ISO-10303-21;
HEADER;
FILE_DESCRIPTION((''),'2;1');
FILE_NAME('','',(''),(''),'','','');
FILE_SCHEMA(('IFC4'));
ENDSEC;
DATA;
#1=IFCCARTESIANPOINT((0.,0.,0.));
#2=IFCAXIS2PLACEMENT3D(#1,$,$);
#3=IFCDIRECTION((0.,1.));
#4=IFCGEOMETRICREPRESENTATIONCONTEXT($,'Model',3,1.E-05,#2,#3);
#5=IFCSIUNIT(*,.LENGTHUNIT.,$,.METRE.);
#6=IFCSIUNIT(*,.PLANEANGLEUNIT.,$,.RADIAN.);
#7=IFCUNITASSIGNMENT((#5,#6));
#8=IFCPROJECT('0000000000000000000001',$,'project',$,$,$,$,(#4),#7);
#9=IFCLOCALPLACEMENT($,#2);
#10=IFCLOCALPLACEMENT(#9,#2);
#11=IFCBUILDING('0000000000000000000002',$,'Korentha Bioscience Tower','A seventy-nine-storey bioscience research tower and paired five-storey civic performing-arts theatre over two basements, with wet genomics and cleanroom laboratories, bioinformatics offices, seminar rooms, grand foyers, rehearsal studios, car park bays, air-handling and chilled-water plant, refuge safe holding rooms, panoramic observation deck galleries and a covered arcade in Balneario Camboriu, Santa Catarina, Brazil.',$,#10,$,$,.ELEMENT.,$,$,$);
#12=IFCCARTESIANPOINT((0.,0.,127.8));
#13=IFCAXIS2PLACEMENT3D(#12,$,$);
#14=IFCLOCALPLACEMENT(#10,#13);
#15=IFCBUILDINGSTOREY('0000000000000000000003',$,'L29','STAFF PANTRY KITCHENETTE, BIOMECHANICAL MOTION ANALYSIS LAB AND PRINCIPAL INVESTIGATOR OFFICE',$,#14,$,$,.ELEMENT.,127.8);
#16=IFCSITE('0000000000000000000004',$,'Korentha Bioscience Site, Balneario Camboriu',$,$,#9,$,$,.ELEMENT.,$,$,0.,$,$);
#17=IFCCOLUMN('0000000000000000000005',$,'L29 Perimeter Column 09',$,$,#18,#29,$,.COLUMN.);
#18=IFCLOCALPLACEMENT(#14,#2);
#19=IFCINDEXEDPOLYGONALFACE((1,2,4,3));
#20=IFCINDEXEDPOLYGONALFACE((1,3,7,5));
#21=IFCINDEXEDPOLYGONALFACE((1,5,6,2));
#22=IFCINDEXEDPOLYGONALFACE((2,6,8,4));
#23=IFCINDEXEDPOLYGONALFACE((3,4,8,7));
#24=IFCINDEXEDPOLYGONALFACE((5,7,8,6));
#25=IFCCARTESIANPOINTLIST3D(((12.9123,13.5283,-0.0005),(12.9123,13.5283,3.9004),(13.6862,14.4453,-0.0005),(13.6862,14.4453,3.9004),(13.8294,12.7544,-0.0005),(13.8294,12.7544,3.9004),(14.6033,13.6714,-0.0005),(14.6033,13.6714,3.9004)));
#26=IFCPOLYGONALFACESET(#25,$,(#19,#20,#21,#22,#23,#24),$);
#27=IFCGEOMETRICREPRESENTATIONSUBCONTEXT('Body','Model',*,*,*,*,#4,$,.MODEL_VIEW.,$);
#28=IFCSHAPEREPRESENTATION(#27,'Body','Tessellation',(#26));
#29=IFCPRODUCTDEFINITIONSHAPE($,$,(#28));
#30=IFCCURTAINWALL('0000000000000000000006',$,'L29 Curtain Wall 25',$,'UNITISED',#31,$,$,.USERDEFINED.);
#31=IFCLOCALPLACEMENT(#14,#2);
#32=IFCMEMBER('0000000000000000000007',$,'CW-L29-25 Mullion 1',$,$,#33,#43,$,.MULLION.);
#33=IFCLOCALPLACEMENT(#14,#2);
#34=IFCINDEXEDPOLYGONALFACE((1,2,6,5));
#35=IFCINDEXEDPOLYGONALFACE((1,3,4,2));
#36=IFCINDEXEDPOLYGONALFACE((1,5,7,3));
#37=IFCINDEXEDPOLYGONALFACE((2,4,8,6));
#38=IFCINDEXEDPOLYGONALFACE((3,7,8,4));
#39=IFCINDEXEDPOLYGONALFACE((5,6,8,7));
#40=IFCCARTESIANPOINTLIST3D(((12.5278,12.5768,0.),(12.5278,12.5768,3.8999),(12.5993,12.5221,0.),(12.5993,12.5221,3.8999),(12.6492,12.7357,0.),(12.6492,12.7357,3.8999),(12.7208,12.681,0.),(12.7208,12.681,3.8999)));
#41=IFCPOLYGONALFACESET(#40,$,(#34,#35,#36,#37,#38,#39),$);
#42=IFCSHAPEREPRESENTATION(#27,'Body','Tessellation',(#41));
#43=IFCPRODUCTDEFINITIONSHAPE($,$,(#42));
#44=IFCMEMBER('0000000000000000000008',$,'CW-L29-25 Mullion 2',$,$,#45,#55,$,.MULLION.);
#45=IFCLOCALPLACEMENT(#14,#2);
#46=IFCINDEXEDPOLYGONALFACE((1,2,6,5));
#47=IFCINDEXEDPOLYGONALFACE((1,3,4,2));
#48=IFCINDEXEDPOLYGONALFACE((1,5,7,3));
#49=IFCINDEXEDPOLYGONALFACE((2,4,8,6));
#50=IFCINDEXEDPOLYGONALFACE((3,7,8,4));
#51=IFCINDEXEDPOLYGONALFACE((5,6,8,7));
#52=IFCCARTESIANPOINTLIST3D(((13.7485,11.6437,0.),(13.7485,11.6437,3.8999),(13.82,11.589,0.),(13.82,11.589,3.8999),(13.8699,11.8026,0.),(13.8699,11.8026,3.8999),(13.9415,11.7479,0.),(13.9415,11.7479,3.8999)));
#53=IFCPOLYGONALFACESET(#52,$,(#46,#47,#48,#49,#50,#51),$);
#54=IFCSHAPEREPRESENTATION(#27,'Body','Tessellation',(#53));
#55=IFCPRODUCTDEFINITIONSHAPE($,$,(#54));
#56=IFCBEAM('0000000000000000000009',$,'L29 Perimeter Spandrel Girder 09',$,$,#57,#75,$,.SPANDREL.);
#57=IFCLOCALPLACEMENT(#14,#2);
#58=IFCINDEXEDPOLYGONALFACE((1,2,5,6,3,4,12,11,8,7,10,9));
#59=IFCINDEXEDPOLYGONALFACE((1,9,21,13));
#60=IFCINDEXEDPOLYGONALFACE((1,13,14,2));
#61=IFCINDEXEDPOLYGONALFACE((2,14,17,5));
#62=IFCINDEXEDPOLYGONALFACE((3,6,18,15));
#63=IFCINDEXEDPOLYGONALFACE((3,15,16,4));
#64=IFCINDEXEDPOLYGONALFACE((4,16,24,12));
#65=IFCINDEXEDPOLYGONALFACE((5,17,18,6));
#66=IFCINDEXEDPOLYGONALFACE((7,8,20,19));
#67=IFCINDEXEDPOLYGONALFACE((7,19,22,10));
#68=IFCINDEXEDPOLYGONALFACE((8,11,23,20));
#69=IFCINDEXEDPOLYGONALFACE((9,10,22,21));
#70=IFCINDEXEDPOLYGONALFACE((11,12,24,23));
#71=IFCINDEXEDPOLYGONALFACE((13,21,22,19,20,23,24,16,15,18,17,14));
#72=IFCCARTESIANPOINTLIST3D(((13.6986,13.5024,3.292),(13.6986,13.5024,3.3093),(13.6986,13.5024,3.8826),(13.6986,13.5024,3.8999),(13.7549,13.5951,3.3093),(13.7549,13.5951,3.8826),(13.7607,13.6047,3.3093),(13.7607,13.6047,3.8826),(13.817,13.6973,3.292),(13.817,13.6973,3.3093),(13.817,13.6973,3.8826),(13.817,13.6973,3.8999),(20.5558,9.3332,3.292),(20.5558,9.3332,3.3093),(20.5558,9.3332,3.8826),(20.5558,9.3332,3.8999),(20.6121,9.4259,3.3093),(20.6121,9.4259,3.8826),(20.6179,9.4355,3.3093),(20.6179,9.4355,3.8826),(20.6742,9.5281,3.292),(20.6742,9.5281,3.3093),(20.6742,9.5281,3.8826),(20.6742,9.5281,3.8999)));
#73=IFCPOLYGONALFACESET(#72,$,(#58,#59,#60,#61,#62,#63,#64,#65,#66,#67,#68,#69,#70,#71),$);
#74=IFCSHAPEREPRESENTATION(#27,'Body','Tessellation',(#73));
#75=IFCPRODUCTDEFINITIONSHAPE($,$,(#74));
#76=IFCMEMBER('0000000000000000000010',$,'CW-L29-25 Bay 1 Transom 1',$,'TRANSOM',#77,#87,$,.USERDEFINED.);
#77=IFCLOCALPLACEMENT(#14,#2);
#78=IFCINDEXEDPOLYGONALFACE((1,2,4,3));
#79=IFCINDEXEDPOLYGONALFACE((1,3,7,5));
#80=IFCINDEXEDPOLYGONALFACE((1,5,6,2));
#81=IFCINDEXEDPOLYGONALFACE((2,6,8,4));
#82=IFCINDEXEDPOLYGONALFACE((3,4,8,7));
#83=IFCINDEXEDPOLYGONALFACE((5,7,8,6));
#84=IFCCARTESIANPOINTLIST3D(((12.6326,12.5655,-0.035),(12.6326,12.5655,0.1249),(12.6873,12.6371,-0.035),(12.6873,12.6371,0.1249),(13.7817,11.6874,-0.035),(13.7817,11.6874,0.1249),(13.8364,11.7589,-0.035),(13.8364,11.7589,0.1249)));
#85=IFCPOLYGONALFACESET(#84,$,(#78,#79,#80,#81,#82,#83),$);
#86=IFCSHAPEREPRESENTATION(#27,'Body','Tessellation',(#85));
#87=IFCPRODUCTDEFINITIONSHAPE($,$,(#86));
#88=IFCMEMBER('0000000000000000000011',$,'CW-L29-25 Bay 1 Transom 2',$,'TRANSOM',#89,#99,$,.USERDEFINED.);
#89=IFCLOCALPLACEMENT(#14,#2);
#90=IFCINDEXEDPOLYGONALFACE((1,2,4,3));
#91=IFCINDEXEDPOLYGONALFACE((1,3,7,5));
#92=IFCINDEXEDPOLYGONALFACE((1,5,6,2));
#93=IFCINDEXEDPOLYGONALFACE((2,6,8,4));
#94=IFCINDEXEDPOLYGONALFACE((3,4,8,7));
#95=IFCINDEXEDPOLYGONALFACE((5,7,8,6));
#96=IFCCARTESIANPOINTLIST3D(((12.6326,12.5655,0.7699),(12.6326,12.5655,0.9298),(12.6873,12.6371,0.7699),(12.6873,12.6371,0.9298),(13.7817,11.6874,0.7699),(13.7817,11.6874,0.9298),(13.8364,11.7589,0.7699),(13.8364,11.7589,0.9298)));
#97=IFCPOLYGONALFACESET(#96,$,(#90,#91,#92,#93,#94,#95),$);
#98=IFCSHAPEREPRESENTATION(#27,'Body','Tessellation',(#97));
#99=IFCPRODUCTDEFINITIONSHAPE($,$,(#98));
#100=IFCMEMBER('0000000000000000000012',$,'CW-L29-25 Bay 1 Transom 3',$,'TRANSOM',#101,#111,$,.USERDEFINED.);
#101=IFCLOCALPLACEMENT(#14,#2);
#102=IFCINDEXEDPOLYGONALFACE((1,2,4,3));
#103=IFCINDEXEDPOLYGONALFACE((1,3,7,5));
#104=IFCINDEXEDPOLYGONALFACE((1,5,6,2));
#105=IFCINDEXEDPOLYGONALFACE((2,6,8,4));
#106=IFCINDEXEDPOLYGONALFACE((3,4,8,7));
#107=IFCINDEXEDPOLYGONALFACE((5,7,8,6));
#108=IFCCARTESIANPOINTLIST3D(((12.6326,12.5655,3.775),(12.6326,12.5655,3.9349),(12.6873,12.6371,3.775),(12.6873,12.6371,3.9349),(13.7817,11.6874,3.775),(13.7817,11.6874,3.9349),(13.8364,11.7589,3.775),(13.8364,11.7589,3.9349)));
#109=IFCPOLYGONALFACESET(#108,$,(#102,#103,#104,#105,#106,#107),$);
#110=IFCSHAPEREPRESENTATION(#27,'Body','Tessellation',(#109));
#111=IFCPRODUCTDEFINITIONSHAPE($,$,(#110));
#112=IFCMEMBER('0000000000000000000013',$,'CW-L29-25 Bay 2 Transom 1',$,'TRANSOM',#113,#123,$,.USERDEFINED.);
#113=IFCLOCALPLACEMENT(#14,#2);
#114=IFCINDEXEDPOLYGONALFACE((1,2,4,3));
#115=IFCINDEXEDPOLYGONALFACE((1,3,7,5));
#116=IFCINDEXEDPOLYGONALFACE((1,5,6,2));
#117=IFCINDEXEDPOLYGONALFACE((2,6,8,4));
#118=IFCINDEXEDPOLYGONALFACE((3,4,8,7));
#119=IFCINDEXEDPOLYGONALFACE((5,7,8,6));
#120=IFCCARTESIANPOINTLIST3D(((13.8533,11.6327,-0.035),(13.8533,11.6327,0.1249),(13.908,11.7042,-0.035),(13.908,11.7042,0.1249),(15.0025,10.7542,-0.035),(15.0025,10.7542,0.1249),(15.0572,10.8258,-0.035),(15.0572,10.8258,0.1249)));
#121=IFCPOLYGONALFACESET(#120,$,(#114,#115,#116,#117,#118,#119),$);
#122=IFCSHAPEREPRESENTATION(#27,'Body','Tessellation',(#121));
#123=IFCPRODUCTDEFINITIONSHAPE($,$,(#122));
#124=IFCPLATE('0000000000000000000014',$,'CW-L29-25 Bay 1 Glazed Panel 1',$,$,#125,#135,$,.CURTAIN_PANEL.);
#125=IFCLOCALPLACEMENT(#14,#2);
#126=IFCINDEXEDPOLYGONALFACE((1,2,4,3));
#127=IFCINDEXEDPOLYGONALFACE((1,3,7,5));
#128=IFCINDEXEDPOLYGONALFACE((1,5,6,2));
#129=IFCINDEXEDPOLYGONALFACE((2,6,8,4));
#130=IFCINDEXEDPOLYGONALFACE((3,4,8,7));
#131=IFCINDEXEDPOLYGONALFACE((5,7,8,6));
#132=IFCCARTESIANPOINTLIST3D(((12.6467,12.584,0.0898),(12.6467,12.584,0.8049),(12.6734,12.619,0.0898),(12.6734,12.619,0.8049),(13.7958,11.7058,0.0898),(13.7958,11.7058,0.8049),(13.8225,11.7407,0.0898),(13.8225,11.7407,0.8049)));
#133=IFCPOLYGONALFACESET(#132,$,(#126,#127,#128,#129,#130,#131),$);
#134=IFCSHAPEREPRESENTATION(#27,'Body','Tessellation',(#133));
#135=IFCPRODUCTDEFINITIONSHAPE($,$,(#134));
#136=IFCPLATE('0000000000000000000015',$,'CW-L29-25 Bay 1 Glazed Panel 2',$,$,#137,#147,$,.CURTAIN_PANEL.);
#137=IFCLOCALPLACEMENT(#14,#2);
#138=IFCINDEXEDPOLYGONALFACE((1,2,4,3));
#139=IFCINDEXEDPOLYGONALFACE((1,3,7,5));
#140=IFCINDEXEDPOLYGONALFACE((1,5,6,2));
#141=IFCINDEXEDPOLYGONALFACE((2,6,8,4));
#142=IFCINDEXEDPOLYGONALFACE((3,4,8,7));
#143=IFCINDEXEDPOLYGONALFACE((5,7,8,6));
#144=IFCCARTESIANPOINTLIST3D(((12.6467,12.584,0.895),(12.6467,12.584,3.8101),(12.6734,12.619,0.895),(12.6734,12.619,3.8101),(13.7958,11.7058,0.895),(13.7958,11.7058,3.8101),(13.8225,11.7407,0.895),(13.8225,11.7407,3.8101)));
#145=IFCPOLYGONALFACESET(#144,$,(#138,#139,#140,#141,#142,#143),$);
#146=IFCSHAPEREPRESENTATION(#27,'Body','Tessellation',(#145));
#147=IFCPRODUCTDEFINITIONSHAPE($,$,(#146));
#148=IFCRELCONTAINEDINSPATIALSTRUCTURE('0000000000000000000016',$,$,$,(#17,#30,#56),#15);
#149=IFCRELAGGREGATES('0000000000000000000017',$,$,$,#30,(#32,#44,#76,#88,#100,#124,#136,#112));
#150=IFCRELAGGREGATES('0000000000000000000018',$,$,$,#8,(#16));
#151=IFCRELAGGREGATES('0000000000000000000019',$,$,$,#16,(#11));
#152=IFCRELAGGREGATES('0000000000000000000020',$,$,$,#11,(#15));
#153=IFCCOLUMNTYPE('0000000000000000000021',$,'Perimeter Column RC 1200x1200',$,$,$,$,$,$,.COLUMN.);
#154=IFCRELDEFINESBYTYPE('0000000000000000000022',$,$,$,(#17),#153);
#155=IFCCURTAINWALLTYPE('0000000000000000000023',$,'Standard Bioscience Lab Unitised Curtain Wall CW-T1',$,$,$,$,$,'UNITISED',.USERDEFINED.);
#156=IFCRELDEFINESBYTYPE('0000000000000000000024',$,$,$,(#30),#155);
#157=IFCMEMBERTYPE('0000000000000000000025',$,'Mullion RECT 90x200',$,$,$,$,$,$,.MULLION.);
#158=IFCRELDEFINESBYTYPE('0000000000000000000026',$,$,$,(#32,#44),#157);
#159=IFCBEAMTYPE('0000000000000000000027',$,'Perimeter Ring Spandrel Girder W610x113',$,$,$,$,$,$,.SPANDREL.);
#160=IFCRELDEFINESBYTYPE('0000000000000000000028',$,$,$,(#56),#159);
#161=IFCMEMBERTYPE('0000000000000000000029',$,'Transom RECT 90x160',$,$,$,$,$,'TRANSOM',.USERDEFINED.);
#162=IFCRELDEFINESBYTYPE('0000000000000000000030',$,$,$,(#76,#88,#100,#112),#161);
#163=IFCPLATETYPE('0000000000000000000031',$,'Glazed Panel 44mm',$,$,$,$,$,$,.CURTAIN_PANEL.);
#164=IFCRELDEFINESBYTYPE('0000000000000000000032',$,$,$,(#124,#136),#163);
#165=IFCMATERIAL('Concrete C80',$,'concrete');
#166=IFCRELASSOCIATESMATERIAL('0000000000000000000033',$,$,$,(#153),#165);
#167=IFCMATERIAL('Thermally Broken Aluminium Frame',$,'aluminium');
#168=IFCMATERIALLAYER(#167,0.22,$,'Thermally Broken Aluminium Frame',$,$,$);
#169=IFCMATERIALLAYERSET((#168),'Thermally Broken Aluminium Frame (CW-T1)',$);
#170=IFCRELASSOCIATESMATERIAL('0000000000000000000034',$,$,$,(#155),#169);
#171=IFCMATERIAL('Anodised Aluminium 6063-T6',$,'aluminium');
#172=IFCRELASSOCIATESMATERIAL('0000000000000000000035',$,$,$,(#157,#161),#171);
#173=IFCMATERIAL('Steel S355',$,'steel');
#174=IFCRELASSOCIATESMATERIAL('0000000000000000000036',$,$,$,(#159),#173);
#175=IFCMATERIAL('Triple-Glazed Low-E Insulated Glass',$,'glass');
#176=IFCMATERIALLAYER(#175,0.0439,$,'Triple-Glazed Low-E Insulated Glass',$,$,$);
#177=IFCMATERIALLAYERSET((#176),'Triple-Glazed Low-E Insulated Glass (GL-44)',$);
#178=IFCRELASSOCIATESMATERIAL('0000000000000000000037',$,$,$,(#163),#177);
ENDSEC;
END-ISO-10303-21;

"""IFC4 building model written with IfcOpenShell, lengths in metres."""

from ifc_helpers import new_model, si_unit, direction, frame, origin, origin_2d, place, context, subcontext, project, spatial, rectangle, i_section, extrude, material, layer, layer_set, material_profile, profile_set, type_object, element, aggregate, save


model = new_model("IFC4")

# Units and contexts
model_context = context("Model", 3, precision=1e-05, world=origin(), true_north=direction((0.0, 1.0)))
body_context = subcontext(model_context, "Body", "Model", "MODEL_VIEW")
ifc_project = project(units=[si_unit("LENGTHUNIT", "METRE"), si_unit("PLANEANGLEUNIT", "RADIAN")], contexts=[model_context])

# Site, building, storey
site_placement = place(None, origin())
site = spatial("IfcSite", under=ifc_project, at=site_placement, Name="Korentha Bioscience Site, Balneario Camboriu", CompositionType="ELEMENT", RefElevation=0.0)
building_placement = place(site_placement, origin())
building = spatial("IfcBuilding", under=site, at=building_placement, Name="Korentha Bioscience Tower", Description="A seventy-nine-storey bioscience research tower and paired five-storey civic performing-arts theatre over two basements, with wet genomics and cleanroom laboratories, bioinformatics offices, seminar rooms, grand foyers, rehearsal studios, car park bays, air-handling and chilled-water plant, refuge safe holding rooms, panoramic observation deck galleries and a covered arcade in Balneario Camboriu, Santa Catarina, Brazil.", CompositionType="ELEMENT")
storey_placement = place(building_placement, frame((0.0, 0.0, 127.8)))
storey = spatial("IfcBuildingStorey", under=building, at=storey_placement, Name="L29", Description="STAFF PANTRY KITCHENETTE, BIOMECHANICAL MOTION ANALYSIS LAB AND PRINCIPAL INVESTIGATOR OFFICE", CompositionType="ELEMENT", Elevation=127.8)

# Column
ifc_material_1 = material(Name="Concrete C80", Category="concrete")
ifc_material_profile_1 = material_profile(ifc_material_1, rectangle(XDim=1.2, YDim=1.2, at=origin_2d()), Name="Concrete C80")
ifc_profile_set_1 = profile_set([ifc_material_profile_1], Name="Concrete C80 (COL-P12)")
column_type = type_object("IfcColumnType", Name="Perimeter Column RC 1200x1200", PredefinedType="COLUMN", material=ifc_profile_set_1)
column_placement = place(storey_placement, frame((13.7578, 13.5999, -0.0005), z_axis=(0.0, 0.0, 1.0), x_axis=(-0.764246, 0.644924, 0.0)))
element("IfcColumn", 1, at=column_placement, inside=storey, type_object=column_type, Name="L29 Perimeter Column 09", PredefinedType="COLUMN", context=body_context, shape_type="SweptSolid", body=[
    extrude(rectangle(XDim=1.2, YDim=1.2, at=origin_2d()), origin(), (0.0, 0.0, 1.0), 3.9009),
])

# Curtain wall, members
ifc_material_2 = material(Name="Thermally Broken Aluminium Frame", Category="aluminium")
ifc_layer_1 = layer(ifc_material_2, 0.22, Name="Thermally Broken Aluminium Frame")
ifc_layer_set_1 = layer_set([ifc_layer_1], Name="Thermally Broken Aluminium Frame (CW-T1)")
curtain_wall_type = type_object("IfcCurtainWallType", Name="Standard Bioscience Lab Unitised Curtain Wall CW-T1", ElementType="UNITISED", PredefinedType="USERDEFINED", material=ifc_layer_set_1)
curtain_wall_placement = place(storey_placement, origin())
curtain_wall = element("IfcCurtainWall", 2, at=curtain_wall_placement, inside=storey, type_object=curtain_wall_type, Name="L29 Curtain Wall 25", ObjectType="UNITISED", PredefinedType="USERDEFINED")
ifc_material_3 = material(Name="Anodised Aluminium 6063-T6", Category="aluminium")
ifc_material_profile_2 = material_profile(ifc_material_3, rectangle(XDim=0.0901, YDim=0.2, at=origin_2d()), Name="Anodised Aluminium 6063-T6")
ifc_profile_set_2 = profile_set([ifc_material_profile_2], Name="Anodised Aluminium 6063-T6 (CW-MUL)")
member_type_1 = type_object("IfcMemberType", Name="Mullion RECT 90x200", PredefinedType="MULLION", material=ifc_profile_set_2)
member_1_placement = place(storey_placement, frame((12.6243, 12.6289, 0.0), z_axis=(0.0, 0.0, 1.0), x_axis=(0.7945, -0.607265, 0.0)))
member_1 = element("IfcMember", 3, at=member_1_placement, type_object=member_type_1, Name="CW-L29-25 Mullion 1", PredefinedType="MULLION", context=body_context, shape_type="SweptSolid", body=[
    extrude(rectangle(XDim=0.0901, YDim=0.2, at=origin_2d()), origin(), (0.0, 0.0, 1.0), 3.8999),
])
member_2_placement = place(storey_placement, frame((13.845, 11.6958, 0.0), z_axis=(0.0, 0.0, 1.0), x_axis=(0.7945, -0.607265, 0.0)))
member_2 = element("IfcMember", 4, at=member_2_placement, type_object=member_type_1, Name="CW-L29-25 Mullion 2", PredefinedType="MULLION", context=body_context, shape_type="SweptSolid", body=[
    extrude(rectangle(XDim=0.0901, YDim=0.2, at=origin_2d()), origin(), (0.0, 0.0, 1.0), 3.8999),
])

# Beam
ifc_material_4 = material(Name="Steel S355", Category="steel")
ifc_material_profile_3 = material_profile(ifc_material_4, i_section(OverallWidth=0.228, OverallDepth=0.6079, WebThickness=0.0112, FlangeThickness=0.0173, at=origin_2d()), Name="Steel S355")
ifc_profile_set_3 = profile_set([ifc_material_profile_3], Name="Steel S355 (SB-610)")
beam_type = type_object("IfcBeamType", Name="Perimeter Ring Spandrel Girder W610x113", PredefinedType="SPANDREL", material=ifc_profile_set_3)
beam_placement = place(storey_placement, frame((13.7578, 13.5999, 3.5959), z_axis=(0.854461, -0.519515, 0.0), x_axis=(0.519515, 0.854461, 0.0)))
element("IfcBeam", 5, at=beam_placement, inside=storey, type_object=beam_type, Name="L29 Perimeter Spandrel Girder 09", PredefinedType="SPANDREL", context=body_context, shape_type="SweptSolid", body=[
    extrude(i_section(OverallWidth=0.228, OverallDepth=0.6079, WebThickness=0.0112, FlangeThickness=0.0173, at=origin_2d()), origin(), (0.0, 0.0, 1.0), 8.0251),
])

# Members
ifc_material_profile_4 = material_profile(ifc_material_3, rectangle(XDim=0.0901, YDim=0.1599, at=origin_2d()), Name="Anodised Aluminium 6063-T6")
ifc_profile_set_4 = profile_set([ifc_material_profile_4], Name="Anodised Aluminium 6063-T6 (CW-TRN)")
member_type_2 = type_object("IfcMemberType", Name="Transom RECT 90x160", ElementType="TRANSOM", PredefinedType="USERDEFINED", material=ifc_profile_set_4)
member_3_placement = place(storey_placement, frame((12.6599, 12.6013, 0.0449), z_axis=(0.794559, -0.607187, 0.0), x_axis=(0.607187, 0.794559, 0.0)))
member_3 = element("IfcMember", 6, at=member_3_placement, type_object=member_type_2, Name="CW-L29-25 Bay 1 Transom 1", ObjectType="TRANSOM", PredefinedType="USERDEFINED", context=body_context, shape_type="SweptSolid", body=[
    extrude(rectangle(XDim=0.0901, YDim=0.1599, at=origin_2d()), origin(), (0.0, 0.0, 1.0), 1.4463),
])
member_4_placement = place(storey_placement, frame((12.6599, 12.6013, 0.8499), z_axis=(0.794559, -0.607187, 0.0), x_axis=(0.607187, 0.794559, 0.0)))
member_4 = element("IfcMember", 7, at=member_4_placement, type_object=member_type_2, Name="CW-L29-25 Bay 1 Transom 2", ObjectType="TRANSOM", PredefinedType="USERDEFINED", context=body_context, shape_type="SweptSolid", body=[
    extrude(rectangle(XDim=0.0901, YDim=0.1599, at=origin_2d()), origin(), (0.0, 0.0, 1.0), 1.4463),
])
member_5_placement = place(storey_placement, frame((12.6599, 12.6013, 3.855), z_axis=(0.794559, -0.607187, 0.0), x_axis=(0.607187, 0.794559, 0.0)))
member_5 = element("IfcMember", 8, at=member_5_placement, type_object=member_type_2, Name="CW-L29-25 Bay 1 Transom 3", ObjectType="TRANSOM", PredefinedType="USERDEFINED", context=body_context, shape_type="SweptSolid", body=[
    extrude(rectangle(XDim=0.0901, YDim=0.1599, at=origin_2d()), origin(), (0.0, 0.0, 1.0), 1.4463),
])
member_6_placement = place(storey_placement, frame((13.8806, 11.6685, 0.0449), z_axis=(0.794478, -0.607293, 0.0), x_axis=(0.607293, 0.794478, 0.0)))
member_6 = element("IfcMember", 9, at=member_6_placement, type_object=member_type_2, Name="CW-L29-25 Bay 2 Transom 1", ObjectType="TRANSOM", PredefinedType="USERDEFINED", context=body_context, shape_type="SweptSolid", body=[
    extrude(rectangle(XDim=0.0901, YDim=0.1599, at=origin_2d()), origin(), (0.0, 0.0, 1.0), 1.4465),
])

# Plates
ifc_material_5 = material(Name="Triple-Glazed Low-E Insulated Glass", Category="glass")
ifc_layer_2 = layer(ifc_material_5, 0.0439, Name="Triple-Glazed Low-E Insulated Glass")
ifc_layer_set_2 = layer_set([ifc_layer_2], Name="Triple-Glazed Low-E Insulated Glass (GL-44)")
plate_type = type_object("IfcPlateType", Name="Glazed Panel 44mm", PredefinedType="CURTAIN_PANEL", material=ifc_layer_set_2)
plate_1_placement = place(storey_placement, frame((13.2346, 12.1624, 0.0898), z_axis=(0.0, 0.0, 1.0), x_axis=(0.7945, -0.607265, 0.0)))
plate_1 = element("IfcPlate", 10, at=plate_1_placement, type_object=plate_type, Name="CW-L29-25 Bay 1 Glazed Panel 1", PredefinedType="CURTAIN_PANEL", context=body_context, shape_type="SweptSolid", body=[
    extrude(rectangle(XDim=1.4463, YDim=0.0439, at=origin_2d()), origin(), (0.0, 0.0, 1.0), 0.7151),
])
plate_2_placement = place(storey_placement, frame((13.2346, 12.1624, 0.895), z_axis=(0.0, 0.0, 1.0), x_axis=(0.7945, -0.607265, 0.0)))
plate_2 = element("IfcPlate", 11, at=plate_2_placement, type_object=plate_type, Name="CW-L29-25 Bay 1 Glazed Panel 2", PredefinedType="CURTAIN_PANEL", context=body_context, shape_type="SweptSolid", body=[
    extrude(rectangle(XDim=1.4463, YDim=0.0439, at=origin_2d()), origin(), (0.0, 0.0, 1.0), 2.915),
])
aggregate(curtain_wall, [member_1, member_2, member_3, member_4, member_5, plate_1, plate_2, member_6])

save(model, "model.ifc")
